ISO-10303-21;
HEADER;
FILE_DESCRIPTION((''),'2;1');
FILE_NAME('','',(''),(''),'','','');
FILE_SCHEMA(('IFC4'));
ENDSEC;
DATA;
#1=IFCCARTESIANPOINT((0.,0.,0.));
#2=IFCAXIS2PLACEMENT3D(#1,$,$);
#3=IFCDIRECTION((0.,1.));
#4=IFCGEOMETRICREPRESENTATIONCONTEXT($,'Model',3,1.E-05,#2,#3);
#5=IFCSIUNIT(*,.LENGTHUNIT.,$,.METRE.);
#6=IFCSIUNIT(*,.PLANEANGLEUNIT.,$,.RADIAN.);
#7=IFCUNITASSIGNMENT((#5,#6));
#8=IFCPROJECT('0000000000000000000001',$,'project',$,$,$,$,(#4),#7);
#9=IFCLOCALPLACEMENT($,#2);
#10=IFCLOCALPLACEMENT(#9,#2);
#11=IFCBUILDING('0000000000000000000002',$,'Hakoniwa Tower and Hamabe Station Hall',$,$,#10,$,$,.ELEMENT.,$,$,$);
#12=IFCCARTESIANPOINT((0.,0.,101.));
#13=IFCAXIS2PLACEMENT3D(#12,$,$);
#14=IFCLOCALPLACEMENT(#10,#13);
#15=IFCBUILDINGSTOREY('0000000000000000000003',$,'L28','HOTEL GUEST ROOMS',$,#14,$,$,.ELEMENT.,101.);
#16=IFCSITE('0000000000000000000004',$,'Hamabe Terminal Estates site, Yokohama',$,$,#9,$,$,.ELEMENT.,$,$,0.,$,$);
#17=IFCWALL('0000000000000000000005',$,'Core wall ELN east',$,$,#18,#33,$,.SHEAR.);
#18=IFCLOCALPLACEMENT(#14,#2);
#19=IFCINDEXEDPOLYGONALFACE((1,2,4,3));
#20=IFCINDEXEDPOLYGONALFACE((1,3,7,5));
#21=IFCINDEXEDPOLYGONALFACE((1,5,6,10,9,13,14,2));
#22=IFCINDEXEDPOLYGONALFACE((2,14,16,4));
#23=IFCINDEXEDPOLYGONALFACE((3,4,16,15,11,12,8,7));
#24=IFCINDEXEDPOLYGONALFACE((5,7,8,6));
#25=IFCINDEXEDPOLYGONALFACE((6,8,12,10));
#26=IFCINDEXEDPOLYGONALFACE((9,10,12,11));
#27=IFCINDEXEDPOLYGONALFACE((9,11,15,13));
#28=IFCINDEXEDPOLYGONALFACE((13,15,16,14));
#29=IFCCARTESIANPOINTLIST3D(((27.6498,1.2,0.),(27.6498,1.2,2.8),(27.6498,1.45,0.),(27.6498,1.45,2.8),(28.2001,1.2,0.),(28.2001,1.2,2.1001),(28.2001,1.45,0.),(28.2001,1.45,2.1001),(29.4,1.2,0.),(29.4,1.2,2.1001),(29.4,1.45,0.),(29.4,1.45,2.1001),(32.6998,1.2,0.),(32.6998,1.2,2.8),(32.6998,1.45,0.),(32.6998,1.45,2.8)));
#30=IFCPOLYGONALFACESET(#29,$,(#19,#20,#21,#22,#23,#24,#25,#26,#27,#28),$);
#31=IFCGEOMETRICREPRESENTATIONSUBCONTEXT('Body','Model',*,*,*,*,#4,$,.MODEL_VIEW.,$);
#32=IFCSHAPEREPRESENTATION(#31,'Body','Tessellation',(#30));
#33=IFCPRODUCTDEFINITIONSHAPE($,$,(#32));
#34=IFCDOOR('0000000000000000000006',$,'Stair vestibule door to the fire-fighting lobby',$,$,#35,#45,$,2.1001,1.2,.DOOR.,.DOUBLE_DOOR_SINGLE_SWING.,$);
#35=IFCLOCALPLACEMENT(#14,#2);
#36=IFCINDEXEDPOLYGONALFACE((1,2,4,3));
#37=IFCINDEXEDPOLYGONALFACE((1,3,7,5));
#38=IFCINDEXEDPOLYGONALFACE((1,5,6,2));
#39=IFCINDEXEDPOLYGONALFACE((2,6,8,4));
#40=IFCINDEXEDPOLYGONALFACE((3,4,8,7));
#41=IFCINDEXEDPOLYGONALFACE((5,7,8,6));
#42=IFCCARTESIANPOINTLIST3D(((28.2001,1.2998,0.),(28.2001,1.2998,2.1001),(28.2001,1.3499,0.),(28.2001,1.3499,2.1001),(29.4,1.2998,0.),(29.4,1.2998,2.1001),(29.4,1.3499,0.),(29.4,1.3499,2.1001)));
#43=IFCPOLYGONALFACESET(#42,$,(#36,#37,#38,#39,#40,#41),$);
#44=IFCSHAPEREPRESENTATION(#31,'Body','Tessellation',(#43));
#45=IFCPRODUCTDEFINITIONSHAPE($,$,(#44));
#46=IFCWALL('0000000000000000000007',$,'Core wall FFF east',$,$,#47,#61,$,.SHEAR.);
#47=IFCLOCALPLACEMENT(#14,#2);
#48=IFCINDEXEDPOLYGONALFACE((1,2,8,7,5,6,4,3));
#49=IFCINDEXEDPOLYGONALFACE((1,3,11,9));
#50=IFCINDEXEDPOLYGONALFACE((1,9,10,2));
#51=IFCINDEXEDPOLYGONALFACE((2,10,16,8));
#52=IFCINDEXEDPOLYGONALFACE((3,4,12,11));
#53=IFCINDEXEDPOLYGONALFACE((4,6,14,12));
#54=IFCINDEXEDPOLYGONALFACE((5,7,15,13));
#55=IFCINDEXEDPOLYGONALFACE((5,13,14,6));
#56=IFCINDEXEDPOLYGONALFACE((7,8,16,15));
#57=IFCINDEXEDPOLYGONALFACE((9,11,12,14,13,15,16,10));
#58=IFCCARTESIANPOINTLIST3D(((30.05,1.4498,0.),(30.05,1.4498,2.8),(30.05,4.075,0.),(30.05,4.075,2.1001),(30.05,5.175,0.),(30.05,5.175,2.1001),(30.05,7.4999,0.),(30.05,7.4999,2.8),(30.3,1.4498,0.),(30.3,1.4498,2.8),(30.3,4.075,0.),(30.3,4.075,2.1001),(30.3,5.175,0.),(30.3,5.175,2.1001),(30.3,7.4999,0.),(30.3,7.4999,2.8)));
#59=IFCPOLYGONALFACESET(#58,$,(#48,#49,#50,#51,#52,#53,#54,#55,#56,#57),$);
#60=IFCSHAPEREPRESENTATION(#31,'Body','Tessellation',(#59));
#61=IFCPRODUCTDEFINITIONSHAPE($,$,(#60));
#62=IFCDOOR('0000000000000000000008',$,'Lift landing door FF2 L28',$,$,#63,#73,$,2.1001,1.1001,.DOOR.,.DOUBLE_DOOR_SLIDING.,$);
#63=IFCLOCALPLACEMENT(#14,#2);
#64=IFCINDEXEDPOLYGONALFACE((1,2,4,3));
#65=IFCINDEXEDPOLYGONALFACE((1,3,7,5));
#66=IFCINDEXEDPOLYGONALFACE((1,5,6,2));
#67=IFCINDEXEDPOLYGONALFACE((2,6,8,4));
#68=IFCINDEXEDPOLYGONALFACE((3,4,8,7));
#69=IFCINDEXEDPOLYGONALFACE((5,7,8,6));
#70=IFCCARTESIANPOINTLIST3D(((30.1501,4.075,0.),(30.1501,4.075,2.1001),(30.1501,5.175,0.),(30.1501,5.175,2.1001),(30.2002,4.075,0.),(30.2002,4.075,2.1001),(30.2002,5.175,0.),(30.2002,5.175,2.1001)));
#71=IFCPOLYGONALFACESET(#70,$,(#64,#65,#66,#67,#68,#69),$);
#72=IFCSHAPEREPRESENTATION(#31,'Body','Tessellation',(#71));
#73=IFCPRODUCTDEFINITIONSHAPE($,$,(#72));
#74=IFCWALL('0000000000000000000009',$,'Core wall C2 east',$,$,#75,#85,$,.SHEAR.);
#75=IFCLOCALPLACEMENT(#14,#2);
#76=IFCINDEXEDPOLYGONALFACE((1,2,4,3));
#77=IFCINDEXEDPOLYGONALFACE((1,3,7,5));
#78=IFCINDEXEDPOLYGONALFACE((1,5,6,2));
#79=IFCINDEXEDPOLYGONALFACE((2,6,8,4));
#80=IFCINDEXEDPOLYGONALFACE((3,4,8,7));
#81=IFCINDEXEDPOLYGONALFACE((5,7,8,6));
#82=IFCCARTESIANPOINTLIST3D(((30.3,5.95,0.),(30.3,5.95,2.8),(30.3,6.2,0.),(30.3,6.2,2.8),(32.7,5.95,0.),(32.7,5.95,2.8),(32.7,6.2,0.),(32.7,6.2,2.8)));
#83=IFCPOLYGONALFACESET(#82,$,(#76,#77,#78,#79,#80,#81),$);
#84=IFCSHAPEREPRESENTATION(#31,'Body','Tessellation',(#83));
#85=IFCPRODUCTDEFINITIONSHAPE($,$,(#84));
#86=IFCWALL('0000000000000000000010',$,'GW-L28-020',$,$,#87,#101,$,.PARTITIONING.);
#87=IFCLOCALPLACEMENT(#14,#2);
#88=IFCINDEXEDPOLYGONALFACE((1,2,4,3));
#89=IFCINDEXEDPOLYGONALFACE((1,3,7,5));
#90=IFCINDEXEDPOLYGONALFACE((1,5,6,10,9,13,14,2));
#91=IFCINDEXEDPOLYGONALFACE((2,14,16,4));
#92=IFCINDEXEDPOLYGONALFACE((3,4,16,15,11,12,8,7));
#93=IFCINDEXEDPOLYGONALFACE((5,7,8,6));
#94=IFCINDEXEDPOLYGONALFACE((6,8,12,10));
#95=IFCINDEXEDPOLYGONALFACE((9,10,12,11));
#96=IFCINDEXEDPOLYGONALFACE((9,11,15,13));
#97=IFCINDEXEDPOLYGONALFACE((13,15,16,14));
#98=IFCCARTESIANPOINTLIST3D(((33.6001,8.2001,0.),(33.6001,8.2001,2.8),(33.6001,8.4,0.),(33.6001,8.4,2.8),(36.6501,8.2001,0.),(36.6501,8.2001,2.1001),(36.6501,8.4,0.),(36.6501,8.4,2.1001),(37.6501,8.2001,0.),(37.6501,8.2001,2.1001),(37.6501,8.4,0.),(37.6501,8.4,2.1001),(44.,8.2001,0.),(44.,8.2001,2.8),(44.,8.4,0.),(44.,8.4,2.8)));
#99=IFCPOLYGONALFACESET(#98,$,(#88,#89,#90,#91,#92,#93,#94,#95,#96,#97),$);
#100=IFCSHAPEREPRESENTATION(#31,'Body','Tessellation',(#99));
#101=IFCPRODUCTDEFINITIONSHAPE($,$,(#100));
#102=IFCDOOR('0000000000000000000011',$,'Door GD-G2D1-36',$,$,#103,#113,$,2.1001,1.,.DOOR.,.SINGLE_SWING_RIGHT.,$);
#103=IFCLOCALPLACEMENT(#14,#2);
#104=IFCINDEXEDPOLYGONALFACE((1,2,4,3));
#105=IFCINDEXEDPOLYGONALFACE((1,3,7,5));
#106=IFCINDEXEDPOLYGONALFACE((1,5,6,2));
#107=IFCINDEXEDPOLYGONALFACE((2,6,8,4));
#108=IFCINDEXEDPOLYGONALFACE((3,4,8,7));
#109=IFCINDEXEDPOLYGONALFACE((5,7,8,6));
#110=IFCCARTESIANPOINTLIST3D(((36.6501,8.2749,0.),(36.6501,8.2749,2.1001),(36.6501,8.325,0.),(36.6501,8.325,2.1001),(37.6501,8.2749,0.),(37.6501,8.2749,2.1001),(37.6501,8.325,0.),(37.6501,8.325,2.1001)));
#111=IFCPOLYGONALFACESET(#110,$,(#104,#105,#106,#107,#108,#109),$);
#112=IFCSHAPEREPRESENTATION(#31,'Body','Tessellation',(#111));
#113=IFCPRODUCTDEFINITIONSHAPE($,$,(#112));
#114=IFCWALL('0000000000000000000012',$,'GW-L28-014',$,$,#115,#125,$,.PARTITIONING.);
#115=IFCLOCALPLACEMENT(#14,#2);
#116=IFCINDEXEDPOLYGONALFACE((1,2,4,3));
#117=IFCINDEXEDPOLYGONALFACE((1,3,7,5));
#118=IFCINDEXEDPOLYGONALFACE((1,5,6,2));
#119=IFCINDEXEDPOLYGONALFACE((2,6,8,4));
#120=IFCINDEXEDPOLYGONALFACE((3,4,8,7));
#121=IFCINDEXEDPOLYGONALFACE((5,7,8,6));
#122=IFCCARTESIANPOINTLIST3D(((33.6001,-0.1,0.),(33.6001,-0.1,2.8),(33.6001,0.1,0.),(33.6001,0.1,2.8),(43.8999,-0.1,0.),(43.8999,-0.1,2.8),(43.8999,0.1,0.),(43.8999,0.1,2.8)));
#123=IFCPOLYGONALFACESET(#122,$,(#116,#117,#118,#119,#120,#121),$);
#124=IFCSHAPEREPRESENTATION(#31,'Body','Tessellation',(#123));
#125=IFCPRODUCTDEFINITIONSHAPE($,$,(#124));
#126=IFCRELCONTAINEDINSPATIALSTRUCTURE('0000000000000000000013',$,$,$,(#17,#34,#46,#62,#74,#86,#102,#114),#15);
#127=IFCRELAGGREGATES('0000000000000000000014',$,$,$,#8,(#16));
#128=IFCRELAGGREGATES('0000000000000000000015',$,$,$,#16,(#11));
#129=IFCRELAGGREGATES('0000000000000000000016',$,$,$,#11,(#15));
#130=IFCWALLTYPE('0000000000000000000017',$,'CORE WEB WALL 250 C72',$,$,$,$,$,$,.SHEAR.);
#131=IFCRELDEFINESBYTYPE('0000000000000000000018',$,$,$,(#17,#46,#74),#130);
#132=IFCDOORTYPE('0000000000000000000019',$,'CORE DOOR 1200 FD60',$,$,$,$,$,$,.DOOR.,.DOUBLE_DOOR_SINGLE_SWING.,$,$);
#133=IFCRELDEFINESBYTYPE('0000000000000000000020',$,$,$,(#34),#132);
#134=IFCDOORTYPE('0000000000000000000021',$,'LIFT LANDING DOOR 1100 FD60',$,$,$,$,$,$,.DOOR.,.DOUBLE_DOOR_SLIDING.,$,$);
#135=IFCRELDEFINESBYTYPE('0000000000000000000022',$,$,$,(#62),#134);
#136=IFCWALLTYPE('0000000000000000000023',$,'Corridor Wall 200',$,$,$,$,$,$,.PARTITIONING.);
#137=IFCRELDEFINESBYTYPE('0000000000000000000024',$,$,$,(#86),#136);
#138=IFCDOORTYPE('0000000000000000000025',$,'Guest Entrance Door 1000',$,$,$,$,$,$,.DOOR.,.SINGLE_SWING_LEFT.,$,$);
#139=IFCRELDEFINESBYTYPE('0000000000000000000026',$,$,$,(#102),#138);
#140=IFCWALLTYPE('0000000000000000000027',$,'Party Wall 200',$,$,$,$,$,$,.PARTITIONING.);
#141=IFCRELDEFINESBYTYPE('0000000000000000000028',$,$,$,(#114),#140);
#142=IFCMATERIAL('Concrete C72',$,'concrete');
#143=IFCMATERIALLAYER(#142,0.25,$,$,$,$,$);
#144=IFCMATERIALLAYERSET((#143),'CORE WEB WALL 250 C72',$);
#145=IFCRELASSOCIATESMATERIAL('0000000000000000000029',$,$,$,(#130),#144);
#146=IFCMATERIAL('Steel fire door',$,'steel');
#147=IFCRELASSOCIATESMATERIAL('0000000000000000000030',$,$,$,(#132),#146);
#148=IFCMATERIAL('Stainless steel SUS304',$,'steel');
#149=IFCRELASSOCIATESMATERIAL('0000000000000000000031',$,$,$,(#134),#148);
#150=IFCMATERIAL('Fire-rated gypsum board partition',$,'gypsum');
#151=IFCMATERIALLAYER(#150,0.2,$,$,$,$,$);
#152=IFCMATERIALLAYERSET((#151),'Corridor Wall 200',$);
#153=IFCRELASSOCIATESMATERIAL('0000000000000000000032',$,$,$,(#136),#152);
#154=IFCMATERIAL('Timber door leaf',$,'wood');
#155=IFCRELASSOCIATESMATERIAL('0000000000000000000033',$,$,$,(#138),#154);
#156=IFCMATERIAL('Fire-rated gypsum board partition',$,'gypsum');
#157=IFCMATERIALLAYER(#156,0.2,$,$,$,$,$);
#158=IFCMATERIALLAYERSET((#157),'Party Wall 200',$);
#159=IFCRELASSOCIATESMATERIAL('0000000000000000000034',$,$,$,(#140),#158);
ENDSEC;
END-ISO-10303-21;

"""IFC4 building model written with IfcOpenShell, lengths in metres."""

from ifc_helpers import new_model, si_unit, direction, frame, frame_2d, origin, place, context, subcontext, project, spatial, rectangle, extrude, material, layer, layer_set, type_object, element, fill, save


model = new_model("IFC4")

# Units and contexts
model_context = context("Model", 3, precision=1e-05, world=origin(), true_north=direction((0.0, 1.0)))
body_context = subcontext(model_context, "Body", "Model", "MODEL_VIEW")
ifc_project = project(units=[si_unit("LENGTHUNIT", "METRE"), si_unit("PLANEANGLEUNIT", "RADIAN")], contexts=[model_context])

# Site, building, storey
site_placement = place(None, origin())
site = spatial("IfcSite", under=ifc_project, at=site_placement, Name="Hamabe Terminal Estates site, Yokohama", CompositionType="ELEMENT", RefElevation=0.0)
building_placement = place(site_placement, origin())
building = spatial("IfcBuilding", under=site, at=building_placement, Name="Hakoniwa Tower and Hamabe Station Hall", CompositionType="ELEMENT")
storey_placement = place(building_placement, frame((0.0, 0.0, 101.0)))
storey = spatial("IfcBuildingStorey", under=building, at=storey_placement, Name="L28", Description="HOTEL GUEST ROOMS", CompositionType="ELEMENT", Elevation=101.0)

# Shared definitions
ifc_material_1 = material(Name="Concrete C72", Category="concrete")
ifc_layer_1 = layer(ifc_material_1, 0.25)
ifc_layer_set_1 = layer_set([ifc_layer_1], Name="CORE WEB WALL 250 C72")
wall_type_1 = type_object("IfcWallType", Name="CORE WEB WALL 250 C72", PredefinedType="SHEAR", material=ifc_layer_set_1)

# Walls, openings, doors
ifc_material_2 = material(Name="Steel fire door", Category="steel")
door_type_1 = type_object("IfcDoorType", Name="CORE DOOR 1200 FD60", OperationType="DOUBLE_DOOR_SINGLE_SWING", PredefinedType="DOOR", material=ifc_material_2)
wall_1_placement = place(storey_placement, frame((27.6499, 1.325, 0.0), z_axis=(0.0, 0.0, 1.0), x_axis=(1.0, 0.0, 0.0)))
wall_1 = element("IfcWall", 1, at=wall_1_placement, inside=storey, type_object=wall_type_1, Name="Core wall ELN east", PredefinedType="SHEAR", context=body_context, shape_type="SweptSolid", body=[
    extrude(rectangle(XDim=5.05, YDim=0.25, at=frame_2d((2.5249, 0.0))), origin(), (0.0, 0.0, 1.0), 2.8),
])
opening_1_placement = place(wall_1_placement, frame((0.55, 0.0, 0.0)))
opening_1 = element("IfcOpeningElement", 2, at=opening_1_placement, cuts=wall_1, PredefinedType="OPENING", context=body_context, shape_type="SweptSolid", body=[
    extrude(rectangle(XDim=1.2, YDim=2.1001, at=frame_2d((0.6001, 1.05))), frame((0.0, 0.135, 0.0), z_axis=(0.0, -1.0, 0.0), x_axis=(1.0, 0.0, 0.0)), (0.0, 0.0, 1.0), 0.27),
])
door_1_placement = place(opening_1_placement, origin())
door_1 = element("IfcDoor", 3, at=door_1_placement, inside=storey, type_object=door_type_1, Name="Stair vestibule door to the fire-fighting lobby", OperationType="DOUBLE_DOOR_SINGLE_SWING", OverallHeight=2.1001, OverallWidth=1.2, PredefinedType="DOOR", context=body_context, shape_type="SweptSolid", body=[
    extrude(rectangle(XDim=1.2, YDim=2.1001, at=frame_2d((0.6001, 1.05))), frame((0.0, 0.0249, 0.0), z_axis=(0.0, -1.0, 0.0), x_axis=(1.0, 0.0, 0.0)), (0.0, 0.0, 1.0), 0.05),
])
fill(opening_1, door_1)
wall_2_placement = place(storey_placement, frame((30.175, 1.45, 0.0), z_axis=(0.0, 0.0, 1.0), x_axis=(0.0, 1.0, 0.0)))
wall_2 = element("IfcWall", 4, at=wall_2_placement, inside=storey, type_object=wall_type_1, Name="Core wall FFF east", PredefinedType="SHEAR", context=body_context, shape_type="SweptSolid", body=[
    extrude(rectangle(XDim=6.05, YDim=0.25, at=frame_2d((3.0249, 0.0))), origin(), (0.0, 0.0, 1.0), 2.8),
])
opening_2_placement = place(wall_2_placement, frame((2.625, 0.0, 0.0)))
opening_2 = element("IfcOpeningElement", 5, at=opening_2_placement, cuts=wall_2, PredefinedType="OPENING", context=body_context, shape_type="SweptSolid", body=[
    extrude(rectangle(XDim=1.1001, YDim=2.1001, at=frame_2d((0.55, 1.05))), frame((0.0, 0.135, 0.0), z_axis=(0.0, -1.0, 0.0), x_axis=(1.0, 0.0, 0.0)), (0.0, 0.0, 1.0), 0.27),
])
ifc_material_3 = material(Name="Stainless steel SUS304", Category="steel")
door_type_2 = type_object("IfcDoorType", Name="LIFT LANDING DOOR 1100 FD60", OperationType="DOUBLE_DOOR_SLIDING", PredefinedType="DOOR", material=ifc_material_3)
door_2_placement = place(opening_2_placement, origin())
door_2 = element("IfcDoor", 6, at=door_2_placement, inside=storey, type_object=door_type_2, Name="Lift landing door FF2 L28", OperationType="DOUBLE_DOOR_SLIDING", OverallHeight=2.1001, OverallWidth=1.1001, PredefinedType="DOOR", context=body_context, shape_type="SweptSolid", body=[
    extrude(rectangle(XDim=1.1001, YDim=2.1001, at=frame_2d((0.55, 1.05))), frame((0.0, 0.0249, 0.0), z_axis=(0.0, -1.0, 0.0), x_axis=(1.0, 0.0, 0.0)), (0.0, 0.0, 1.0), 0.05),
])
fill(opening_2, door_2)

# Wall
wall_3_placement = place(storey_placement, frame((30.3, 6.075, 0.0), z_axis=(0.0, 0.0, 1.0), x_axis=(1.0, 0.0, 0.0)))
element("IfcWall", 7, at=wall_3_placement, inside=storey, type_object=wall_type_1, Name="Core wall C2 east", PredefinedType="SHEAR", context=body_context, shape_type="SweptSolid", body=[
    extrude(rectangle(XDim=2.3999, YDim=0.25, at=frame_2d((1.2, 0.0))), origin(), (0.0, 0.0, 1.0), 2.8),
])

# Wall, opening, door
ifc_material_4 = material(Name="Fire-rated gypsum board partition", Category="gypsum")
ifc_layer_2 = layer(ifc_material_4, 0.2)
ifc_layer_set_2 = layer_set([ifc_layer_2], Name="Corridor Wall 200")
wall_type_2 = type_object("IfcWallType", Name="Corridor Wall 200", PredefinedType="PARTITIONING", material=ifc_layer_set_2)
wall_4_placement = place(storey_placement, frame((33.6001, 8.3, 0.0), z_axis=(0.0, 0.0, 1.0), x_axis=(1.0, 0.0, 0.0)))
wall_4 = element("IfcWall", 8, at=wall_4_placement, inside=storey, type_object=wall_type_2, Name="GW-L28-020", PredefinedType="PARTITIONING", context=body_context, shape_type="SweptSolid", body=[
    extrude(rectangle(XDim=10.3999, YDim=0.2, at=frame_2d((5.2, 0.0))), origin(), (0.0, 0.0, 1.0), 2.8),
])
opening_3_placement = place(wall_4_placement, frame((3.05, 0.0, 0.0)))
opening_3 = element("IfcOpeningElement", 9, at=opening_3_placement, cuts=wall_4, PredefinedType="OPENING", context=body_context, shape_type="SweptSolid", body=[
    extrude(rectangle(XDim=1.0, YDim=2.1001, at=frame_2d((0.5, 1.05))), frame((0.0, 0.1099, 0.0), z_axis=(0.0, -1.0, 0.0), x_axis=(1.0, 0.0, 0.0)), (0.0, 0.0, 1.0), 0.22),
])
ifc_material_5 = material(Name="Timber door leaf", Category="wood")
door_type_3 = type_object("IfcDoorType", Name="Guest Entrance Door 1000", OperationType="SINGLE_SWING_LEFT", PredefinedType="DOOR", material=ifc_material_5)
door_3_placement = place(opening_3_placement, origin())
door_3 = element("IfcDoor", 10, at=door_3_placement, inside=storey, type_object=door_type_3, Name="Door GD-G2D1-36", OperationType="SINGLE_SWING_RIGHT", OverallHeight=2.1001, OverallWidth=1.0, PredefinedType="DOOR", context=body_context, shape_type="SweptSolid", body=[
    extrude(rectangle(XDim=1.0, YDim=2.1001, at=frame_2d((0.5, 1.05))), frame((0.0, 0.0249, 0.0), z_axis=(0.0, -1.0, 0.0), x_axis=(1.0, 0.0, 0.0)), (0.0, 0.0, 1.0), 0.05),
])
fill(opening_3, door_3)

# Wall
ifc_material_6 = material(Name="Fire-rated gypsum board partition", Category="gypsum")
ifc_layer_3 = layer(ifc_material_6, 0.2)
ifc_layer_set_3 = layer_set([ifc_layer_3], Name="Party Wall 200")
wall_type_3 = type_object("IfcWallType", Name="Party Wall 200", PredefinedType="PARTITIONING", material=ifc_layer_set_3)
wall_5_placement = place(storey_placement, frame((33.6001, 0.0, 0.0), z_axis=(0.0, 0.0, 1.0), x_axis=(1.0, 0.0, 0.0)))
element("IfcWall", 11, at=wall_5_placement, inside=storey, type_object=wall_type_3, Name="GW-L28-014", PredefinedType="PARTITIONING", context=body_context, shape_type="SweptSolid", body=[
    extrude(rectangle(XDim=10.2998, YDim=0.2, at=frame_2d((5.1499, 0.0))), origin(), (0.0, 0.0, 1.0), 2.8),
])

save(model, "model.ifc")
